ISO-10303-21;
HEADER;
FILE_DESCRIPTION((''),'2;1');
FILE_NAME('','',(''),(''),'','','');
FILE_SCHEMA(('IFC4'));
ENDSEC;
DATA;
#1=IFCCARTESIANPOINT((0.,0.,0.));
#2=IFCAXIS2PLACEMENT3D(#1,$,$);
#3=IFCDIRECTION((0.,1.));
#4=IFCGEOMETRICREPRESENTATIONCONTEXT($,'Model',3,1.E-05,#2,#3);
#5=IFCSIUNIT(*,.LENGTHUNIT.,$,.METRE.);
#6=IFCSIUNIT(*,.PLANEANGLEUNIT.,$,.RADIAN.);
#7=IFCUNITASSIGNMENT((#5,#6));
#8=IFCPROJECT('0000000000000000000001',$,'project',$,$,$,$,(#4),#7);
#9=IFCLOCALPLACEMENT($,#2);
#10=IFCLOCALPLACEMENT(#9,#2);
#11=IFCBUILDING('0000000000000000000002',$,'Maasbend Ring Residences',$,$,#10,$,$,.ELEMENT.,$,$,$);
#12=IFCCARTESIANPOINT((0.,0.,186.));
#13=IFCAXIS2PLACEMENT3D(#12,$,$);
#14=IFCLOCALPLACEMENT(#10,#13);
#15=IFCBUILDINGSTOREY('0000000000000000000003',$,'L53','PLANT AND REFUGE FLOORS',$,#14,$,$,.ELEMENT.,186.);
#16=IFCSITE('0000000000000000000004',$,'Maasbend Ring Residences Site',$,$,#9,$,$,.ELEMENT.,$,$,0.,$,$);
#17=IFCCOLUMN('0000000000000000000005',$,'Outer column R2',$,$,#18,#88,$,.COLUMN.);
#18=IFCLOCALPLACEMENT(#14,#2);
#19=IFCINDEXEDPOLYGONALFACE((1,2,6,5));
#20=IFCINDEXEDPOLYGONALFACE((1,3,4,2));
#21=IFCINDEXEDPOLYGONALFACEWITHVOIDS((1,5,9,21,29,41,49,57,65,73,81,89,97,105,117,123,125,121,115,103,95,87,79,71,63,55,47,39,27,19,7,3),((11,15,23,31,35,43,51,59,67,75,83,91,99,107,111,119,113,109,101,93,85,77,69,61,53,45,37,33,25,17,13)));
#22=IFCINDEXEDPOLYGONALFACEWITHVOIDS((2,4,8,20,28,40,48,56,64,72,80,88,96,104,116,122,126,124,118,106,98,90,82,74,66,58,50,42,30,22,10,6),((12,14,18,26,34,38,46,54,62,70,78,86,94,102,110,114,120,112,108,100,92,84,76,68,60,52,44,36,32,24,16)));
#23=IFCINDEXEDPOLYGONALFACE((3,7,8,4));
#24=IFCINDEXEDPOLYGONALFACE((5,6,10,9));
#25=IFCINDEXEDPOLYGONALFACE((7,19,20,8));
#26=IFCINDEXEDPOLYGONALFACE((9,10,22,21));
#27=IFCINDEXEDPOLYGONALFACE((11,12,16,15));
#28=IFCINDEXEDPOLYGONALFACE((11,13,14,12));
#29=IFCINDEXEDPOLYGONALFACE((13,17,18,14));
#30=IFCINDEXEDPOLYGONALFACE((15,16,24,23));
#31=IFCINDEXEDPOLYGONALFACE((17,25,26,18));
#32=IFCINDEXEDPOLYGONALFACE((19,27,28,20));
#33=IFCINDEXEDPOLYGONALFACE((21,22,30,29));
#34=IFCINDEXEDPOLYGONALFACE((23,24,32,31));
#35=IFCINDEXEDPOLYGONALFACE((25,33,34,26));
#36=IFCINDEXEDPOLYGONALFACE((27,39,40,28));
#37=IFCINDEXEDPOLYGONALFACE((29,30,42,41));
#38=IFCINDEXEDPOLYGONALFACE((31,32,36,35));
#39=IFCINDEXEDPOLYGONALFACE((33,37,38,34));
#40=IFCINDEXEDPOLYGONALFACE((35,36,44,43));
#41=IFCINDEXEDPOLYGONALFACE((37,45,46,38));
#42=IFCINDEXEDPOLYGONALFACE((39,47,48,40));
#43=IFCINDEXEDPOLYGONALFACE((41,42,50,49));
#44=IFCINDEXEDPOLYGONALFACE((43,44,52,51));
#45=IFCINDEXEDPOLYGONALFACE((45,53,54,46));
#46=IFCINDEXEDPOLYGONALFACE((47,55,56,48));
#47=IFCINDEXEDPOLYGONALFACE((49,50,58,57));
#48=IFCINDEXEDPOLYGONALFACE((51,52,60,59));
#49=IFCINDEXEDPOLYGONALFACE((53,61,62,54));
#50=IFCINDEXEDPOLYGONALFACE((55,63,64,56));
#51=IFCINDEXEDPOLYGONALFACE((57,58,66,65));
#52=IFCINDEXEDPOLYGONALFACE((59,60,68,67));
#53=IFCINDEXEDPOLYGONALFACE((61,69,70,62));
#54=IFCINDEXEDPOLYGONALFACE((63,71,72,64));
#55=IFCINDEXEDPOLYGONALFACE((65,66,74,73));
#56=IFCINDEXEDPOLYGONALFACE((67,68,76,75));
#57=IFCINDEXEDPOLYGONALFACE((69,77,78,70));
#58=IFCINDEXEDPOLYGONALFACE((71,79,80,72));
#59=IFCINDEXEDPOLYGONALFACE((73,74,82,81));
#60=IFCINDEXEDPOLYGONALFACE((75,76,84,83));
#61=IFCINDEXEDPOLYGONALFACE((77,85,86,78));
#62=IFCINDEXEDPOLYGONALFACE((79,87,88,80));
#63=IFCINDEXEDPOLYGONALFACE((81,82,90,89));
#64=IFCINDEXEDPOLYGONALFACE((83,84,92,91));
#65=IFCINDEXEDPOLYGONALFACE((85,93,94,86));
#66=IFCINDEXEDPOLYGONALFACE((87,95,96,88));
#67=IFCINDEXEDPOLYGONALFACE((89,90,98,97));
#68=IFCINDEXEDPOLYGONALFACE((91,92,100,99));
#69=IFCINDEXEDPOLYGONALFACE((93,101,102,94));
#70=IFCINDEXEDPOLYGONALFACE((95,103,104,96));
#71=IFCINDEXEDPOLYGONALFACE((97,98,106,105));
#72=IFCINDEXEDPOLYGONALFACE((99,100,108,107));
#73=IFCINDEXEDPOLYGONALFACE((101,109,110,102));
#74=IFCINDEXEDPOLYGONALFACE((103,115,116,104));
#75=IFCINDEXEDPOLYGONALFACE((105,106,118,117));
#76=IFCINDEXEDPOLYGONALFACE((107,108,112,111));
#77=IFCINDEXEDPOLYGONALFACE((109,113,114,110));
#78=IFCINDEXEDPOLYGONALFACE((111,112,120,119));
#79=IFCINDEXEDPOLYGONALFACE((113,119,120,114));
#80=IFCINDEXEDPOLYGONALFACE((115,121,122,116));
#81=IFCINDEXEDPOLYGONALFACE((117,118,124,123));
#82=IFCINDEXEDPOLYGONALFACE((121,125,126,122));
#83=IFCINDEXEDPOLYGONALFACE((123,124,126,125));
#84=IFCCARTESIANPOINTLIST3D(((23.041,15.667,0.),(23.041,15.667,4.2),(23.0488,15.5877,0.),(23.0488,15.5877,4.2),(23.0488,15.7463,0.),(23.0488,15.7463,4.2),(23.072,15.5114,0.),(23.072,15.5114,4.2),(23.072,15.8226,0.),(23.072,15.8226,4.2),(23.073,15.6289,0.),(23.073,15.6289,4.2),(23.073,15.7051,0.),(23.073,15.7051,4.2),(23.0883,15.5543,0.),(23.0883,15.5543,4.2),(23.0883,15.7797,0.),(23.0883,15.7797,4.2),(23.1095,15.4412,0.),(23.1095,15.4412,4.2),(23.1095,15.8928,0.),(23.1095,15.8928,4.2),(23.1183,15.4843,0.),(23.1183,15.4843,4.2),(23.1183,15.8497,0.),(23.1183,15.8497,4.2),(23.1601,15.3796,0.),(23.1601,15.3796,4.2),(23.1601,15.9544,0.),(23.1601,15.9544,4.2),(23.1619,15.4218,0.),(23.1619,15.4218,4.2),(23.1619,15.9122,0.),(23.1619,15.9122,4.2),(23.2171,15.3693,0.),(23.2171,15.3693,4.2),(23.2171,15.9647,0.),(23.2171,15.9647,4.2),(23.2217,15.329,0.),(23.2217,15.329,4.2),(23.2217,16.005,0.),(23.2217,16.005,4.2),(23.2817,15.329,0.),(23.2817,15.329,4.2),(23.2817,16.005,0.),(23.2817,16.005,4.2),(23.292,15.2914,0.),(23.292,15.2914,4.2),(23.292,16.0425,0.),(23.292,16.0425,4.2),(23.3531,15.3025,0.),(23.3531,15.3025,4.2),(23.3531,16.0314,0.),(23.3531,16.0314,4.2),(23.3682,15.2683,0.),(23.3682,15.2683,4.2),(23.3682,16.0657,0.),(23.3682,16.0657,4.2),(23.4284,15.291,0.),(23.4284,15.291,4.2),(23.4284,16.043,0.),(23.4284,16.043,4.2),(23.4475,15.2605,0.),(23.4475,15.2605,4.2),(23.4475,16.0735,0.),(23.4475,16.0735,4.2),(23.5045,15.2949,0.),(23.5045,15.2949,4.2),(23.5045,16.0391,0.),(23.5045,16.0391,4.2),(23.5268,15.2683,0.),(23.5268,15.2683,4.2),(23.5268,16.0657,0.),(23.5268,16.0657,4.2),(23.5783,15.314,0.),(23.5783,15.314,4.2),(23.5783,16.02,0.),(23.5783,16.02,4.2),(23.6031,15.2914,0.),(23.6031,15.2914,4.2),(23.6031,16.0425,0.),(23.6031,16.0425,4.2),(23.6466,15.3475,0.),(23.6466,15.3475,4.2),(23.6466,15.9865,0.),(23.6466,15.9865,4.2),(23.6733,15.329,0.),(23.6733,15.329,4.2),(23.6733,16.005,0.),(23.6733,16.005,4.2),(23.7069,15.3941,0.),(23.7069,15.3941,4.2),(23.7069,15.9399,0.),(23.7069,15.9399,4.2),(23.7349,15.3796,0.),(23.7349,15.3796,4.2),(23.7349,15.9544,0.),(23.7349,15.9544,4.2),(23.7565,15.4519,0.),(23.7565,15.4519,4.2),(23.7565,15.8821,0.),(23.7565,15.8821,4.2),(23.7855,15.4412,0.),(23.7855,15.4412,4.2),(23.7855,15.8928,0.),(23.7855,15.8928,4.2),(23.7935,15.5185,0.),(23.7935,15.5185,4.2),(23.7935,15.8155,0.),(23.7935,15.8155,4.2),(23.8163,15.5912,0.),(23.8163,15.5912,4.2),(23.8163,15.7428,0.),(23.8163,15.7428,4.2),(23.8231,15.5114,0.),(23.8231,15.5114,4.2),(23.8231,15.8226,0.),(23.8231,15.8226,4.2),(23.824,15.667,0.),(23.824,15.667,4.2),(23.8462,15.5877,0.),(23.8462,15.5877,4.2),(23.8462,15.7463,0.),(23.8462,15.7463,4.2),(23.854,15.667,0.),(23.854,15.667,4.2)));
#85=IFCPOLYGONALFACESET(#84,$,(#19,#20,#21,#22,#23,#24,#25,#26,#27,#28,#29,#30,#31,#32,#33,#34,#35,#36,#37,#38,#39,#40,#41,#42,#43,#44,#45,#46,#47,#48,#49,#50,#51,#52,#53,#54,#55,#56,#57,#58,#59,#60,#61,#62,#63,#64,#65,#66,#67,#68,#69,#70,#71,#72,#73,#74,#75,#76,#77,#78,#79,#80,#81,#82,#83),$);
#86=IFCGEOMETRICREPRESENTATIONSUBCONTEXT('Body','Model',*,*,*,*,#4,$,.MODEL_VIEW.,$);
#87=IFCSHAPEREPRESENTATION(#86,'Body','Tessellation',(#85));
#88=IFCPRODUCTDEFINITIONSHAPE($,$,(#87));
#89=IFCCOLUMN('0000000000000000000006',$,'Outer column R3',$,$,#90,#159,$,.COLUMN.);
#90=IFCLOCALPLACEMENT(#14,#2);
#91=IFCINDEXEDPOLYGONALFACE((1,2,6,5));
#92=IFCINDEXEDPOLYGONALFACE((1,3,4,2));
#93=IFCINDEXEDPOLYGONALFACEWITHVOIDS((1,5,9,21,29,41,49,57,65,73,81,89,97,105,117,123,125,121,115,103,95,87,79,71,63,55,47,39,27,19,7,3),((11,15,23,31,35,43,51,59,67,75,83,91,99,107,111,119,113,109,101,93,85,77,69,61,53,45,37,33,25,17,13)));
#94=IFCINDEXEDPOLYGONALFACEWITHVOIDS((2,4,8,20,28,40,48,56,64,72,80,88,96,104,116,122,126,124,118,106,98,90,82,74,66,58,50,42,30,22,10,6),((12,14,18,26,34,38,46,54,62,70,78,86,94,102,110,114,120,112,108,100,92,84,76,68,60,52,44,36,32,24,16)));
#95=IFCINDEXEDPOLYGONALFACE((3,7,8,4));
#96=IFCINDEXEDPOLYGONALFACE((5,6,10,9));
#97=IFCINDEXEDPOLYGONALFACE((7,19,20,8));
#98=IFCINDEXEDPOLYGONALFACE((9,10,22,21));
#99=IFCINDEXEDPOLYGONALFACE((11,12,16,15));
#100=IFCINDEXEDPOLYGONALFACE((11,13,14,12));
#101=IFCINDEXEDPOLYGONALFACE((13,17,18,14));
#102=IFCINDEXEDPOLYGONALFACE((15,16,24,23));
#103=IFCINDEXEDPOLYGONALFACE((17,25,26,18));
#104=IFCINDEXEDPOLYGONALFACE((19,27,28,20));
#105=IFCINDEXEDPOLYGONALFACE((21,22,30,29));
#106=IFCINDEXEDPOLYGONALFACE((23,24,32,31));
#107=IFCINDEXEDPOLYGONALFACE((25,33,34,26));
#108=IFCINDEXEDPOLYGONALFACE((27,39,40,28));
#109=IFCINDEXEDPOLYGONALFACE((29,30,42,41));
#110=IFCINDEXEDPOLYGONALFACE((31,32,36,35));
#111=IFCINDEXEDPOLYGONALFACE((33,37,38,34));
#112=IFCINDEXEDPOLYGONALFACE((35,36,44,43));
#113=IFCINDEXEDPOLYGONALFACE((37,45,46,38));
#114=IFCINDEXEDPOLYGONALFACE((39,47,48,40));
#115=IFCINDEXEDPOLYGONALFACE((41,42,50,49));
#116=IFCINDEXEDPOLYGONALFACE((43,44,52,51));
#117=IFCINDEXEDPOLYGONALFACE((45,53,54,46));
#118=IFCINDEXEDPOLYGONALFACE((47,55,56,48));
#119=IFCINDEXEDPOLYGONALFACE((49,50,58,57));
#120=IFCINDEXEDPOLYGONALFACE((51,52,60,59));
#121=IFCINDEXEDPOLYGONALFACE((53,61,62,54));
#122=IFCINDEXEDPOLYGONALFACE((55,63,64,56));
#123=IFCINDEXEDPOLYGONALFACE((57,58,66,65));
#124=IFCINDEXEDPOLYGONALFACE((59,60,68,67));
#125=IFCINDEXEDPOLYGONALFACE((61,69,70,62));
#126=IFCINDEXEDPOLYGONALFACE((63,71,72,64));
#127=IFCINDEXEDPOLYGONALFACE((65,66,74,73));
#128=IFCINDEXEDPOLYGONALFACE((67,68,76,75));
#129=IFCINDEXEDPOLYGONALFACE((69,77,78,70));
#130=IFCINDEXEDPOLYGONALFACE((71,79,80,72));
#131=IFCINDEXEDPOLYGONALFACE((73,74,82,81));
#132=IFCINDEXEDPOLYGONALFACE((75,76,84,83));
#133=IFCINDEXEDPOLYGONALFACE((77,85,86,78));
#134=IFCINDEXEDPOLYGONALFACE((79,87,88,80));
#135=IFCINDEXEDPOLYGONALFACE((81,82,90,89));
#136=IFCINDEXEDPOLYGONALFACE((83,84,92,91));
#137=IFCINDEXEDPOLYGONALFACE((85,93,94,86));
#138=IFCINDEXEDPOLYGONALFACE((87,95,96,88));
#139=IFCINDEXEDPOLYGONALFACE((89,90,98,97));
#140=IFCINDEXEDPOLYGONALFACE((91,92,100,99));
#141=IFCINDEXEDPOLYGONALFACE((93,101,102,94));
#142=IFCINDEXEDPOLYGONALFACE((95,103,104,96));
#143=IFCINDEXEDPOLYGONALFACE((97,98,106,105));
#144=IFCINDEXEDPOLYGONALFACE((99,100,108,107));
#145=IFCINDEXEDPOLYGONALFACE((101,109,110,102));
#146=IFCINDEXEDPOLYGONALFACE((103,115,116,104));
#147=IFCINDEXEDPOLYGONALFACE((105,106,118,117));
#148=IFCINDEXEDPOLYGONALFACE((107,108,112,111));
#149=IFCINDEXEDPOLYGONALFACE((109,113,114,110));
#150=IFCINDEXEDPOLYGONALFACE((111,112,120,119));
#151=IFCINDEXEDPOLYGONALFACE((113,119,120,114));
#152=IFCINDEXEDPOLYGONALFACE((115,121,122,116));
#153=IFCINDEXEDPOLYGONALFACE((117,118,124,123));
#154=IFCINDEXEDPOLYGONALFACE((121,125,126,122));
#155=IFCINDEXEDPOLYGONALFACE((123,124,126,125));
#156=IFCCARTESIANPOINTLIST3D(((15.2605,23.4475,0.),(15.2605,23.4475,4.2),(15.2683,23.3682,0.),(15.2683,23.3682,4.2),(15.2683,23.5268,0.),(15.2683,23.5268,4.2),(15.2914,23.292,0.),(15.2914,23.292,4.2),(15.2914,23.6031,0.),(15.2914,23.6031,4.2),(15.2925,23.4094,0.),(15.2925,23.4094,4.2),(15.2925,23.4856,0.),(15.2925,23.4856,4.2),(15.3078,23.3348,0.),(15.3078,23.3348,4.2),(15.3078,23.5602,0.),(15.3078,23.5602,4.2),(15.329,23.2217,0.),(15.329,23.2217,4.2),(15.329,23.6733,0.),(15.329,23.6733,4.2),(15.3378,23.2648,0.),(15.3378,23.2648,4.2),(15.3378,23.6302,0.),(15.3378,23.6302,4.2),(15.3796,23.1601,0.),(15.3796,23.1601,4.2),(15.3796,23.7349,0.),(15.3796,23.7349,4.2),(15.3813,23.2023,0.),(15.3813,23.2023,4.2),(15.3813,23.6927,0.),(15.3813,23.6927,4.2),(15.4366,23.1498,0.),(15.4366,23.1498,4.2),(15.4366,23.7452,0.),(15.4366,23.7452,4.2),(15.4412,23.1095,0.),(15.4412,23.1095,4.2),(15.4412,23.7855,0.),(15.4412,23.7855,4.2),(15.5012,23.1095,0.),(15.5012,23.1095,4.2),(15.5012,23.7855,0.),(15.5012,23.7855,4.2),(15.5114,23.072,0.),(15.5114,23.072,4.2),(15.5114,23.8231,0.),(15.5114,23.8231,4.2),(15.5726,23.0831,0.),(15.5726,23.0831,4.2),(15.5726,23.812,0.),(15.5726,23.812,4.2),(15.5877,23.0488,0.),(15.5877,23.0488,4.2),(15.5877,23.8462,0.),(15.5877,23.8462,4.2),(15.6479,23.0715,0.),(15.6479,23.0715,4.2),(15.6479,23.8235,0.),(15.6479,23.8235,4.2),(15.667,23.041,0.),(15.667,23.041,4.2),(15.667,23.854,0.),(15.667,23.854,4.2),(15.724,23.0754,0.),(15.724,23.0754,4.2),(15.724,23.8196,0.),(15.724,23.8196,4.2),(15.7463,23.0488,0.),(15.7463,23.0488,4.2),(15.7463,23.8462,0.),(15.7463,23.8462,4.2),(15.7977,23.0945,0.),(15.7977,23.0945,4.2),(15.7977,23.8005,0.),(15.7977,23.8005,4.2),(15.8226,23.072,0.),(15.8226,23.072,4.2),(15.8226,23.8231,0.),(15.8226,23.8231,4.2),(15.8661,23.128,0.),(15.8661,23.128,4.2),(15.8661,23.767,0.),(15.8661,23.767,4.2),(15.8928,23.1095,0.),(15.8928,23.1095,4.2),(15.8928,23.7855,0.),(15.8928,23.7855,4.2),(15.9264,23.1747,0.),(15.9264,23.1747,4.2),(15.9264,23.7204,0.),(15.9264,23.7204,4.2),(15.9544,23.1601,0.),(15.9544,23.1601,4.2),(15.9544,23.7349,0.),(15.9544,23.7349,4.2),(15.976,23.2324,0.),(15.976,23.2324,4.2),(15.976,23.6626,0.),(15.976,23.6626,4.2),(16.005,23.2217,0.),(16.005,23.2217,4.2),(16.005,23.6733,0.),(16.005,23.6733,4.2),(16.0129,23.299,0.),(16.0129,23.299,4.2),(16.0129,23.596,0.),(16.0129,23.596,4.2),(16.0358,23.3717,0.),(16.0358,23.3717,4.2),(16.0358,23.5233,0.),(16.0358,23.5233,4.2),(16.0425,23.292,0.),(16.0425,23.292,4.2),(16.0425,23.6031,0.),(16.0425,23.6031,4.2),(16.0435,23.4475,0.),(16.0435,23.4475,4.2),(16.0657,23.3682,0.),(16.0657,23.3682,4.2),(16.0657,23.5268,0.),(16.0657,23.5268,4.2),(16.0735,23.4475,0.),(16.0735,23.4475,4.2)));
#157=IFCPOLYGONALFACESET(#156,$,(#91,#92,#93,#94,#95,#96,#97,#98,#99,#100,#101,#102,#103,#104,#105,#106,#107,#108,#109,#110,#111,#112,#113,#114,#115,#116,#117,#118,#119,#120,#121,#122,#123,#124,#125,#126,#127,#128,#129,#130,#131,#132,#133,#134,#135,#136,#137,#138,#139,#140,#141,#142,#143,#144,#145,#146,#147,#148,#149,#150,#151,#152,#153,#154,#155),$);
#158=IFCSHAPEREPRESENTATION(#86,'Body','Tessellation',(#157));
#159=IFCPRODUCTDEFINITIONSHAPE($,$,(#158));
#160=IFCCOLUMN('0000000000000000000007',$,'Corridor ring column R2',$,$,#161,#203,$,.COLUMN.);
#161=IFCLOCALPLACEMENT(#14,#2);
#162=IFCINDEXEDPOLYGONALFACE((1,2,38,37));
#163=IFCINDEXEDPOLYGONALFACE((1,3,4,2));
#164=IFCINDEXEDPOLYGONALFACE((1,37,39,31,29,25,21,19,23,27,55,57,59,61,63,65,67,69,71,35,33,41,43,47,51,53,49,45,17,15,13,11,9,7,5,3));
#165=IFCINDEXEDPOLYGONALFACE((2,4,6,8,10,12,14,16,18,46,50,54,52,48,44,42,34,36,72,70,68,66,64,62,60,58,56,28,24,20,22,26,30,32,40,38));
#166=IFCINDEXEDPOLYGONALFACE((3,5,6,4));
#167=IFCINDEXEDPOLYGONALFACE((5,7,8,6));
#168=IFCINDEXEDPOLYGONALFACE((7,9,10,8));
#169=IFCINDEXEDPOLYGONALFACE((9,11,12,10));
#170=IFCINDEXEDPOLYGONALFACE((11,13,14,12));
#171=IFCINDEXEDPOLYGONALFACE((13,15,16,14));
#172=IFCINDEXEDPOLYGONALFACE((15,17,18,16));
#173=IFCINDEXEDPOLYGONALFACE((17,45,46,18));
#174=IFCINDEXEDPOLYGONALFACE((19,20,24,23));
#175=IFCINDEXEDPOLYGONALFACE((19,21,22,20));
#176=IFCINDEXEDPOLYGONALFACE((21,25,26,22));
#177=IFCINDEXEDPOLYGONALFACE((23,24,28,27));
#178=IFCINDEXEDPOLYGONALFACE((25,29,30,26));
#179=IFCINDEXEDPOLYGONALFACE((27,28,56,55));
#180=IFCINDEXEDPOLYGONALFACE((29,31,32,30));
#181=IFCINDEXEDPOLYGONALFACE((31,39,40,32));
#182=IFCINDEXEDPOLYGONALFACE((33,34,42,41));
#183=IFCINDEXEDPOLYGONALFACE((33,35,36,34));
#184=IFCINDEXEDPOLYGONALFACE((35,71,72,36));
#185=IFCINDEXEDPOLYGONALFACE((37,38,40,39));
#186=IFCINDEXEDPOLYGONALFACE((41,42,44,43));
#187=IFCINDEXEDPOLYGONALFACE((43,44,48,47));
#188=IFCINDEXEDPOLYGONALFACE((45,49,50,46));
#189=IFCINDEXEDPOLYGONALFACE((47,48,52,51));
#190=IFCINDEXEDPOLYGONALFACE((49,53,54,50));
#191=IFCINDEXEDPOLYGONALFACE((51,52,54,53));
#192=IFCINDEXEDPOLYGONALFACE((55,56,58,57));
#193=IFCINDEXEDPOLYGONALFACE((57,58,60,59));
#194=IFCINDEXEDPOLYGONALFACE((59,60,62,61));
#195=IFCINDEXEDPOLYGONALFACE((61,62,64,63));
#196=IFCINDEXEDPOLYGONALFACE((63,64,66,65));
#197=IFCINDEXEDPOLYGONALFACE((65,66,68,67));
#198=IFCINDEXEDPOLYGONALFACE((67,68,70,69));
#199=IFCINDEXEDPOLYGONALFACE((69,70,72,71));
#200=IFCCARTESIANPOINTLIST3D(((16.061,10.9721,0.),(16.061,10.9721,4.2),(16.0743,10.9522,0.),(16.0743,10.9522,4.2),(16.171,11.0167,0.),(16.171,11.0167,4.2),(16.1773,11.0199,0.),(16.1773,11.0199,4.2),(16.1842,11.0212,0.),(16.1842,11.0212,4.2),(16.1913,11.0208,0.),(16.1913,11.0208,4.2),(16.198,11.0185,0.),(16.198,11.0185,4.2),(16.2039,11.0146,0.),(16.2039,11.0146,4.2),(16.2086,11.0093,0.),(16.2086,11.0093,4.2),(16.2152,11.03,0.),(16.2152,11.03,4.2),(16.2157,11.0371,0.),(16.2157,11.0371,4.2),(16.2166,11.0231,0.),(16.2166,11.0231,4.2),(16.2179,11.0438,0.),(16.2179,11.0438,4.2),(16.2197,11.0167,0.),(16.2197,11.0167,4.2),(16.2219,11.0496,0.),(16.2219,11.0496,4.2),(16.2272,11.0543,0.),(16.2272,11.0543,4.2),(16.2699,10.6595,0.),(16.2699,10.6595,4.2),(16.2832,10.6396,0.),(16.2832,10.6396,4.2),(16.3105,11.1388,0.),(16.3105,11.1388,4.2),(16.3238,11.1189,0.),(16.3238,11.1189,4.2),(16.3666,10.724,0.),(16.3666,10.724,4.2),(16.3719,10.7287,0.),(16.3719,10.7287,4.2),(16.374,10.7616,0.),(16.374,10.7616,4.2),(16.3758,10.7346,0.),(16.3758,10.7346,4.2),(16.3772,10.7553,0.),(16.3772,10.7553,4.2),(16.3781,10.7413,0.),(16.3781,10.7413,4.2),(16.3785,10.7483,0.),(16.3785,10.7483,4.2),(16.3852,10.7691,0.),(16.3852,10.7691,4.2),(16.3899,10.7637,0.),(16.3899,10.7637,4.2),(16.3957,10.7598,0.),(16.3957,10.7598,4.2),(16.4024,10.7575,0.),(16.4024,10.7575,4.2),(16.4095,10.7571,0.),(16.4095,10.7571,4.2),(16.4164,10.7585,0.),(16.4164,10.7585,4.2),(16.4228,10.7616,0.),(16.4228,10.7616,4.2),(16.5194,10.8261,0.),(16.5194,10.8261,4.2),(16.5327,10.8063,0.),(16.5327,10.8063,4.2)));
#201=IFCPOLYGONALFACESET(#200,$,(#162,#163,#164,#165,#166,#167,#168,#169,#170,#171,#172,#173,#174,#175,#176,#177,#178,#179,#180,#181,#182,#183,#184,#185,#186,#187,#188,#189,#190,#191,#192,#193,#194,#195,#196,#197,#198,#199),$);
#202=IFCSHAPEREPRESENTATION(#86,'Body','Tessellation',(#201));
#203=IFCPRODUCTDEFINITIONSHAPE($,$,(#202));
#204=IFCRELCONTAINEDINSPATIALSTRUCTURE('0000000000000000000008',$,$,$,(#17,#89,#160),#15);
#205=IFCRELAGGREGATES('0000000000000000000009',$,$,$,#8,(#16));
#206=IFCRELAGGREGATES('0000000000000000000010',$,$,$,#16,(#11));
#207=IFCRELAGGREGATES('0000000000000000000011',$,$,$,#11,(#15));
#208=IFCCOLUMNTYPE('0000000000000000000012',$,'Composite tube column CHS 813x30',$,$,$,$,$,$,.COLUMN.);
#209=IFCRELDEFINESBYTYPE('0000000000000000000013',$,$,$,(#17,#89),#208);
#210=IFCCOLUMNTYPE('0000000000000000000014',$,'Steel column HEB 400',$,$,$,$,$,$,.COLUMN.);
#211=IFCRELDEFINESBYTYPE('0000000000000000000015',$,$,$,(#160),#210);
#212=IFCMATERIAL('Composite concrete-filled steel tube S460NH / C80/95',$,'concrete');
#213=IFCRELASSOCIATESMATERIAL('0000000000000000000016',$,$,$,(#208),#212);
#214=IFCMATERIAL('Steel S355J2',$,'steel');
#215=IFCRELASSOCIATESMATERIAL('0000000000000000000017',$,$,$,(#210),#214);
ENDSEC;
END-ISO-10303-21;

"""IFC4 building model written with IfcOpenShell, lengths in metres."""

from ifc_helpers import new_model, si_unit, direction, frame, origin, origin_2d, place, context, subcontext, project, spatial, hollow_circle, i_section, extrude, material, material_profile, profile_set, type_object, element, save


model = new_model("IFC4")

# Units and contexts
model_context = context("Model", 3, precision=1e-05, world=origin(), true_north=direction((0.0, 1.0)))
body_context = subcontext(model_context, "Body", "Model", "MODEL_VIEW")
ifc_project = project(units=[si_unit("LENGTHUNIT", "METRE"), si_unit("PLANEANGLEUNIT", "RADIAN")], contexts=[model_context])

# Site, building, storey
site_placement = place(None, origin())
site = spatial("IfcSite", under=ifc_project, at=site_placement, Name="Maasbend Ring Residences Site", CompositionType="ELEMENT", RefElevation=0.0)
building_placement = place(site_placement, origin())
building = spatial("IfcBuilding", under=site, at=building_placement, Name="Maasbend Ring Residences", CompositionType="ELEMENT")
storey_placement = place(building_placement, frame((0.0, 0.0, 186.0)))
storey = spatial("IfcBuildingStorey", under=building, at=storey_placement, Name="L53", Description="PLANT AND REFUGE FLOORS", CompositionType="ELEMENT", Elevation=186.0)

# Columns
ifc_material_1 = material(Name="Composite concrete-filled steel tube S460NH / C80/95", Category="concrete")
ifc_material_profile_1 = material_profile(ifc_material_1, hollow_circle(Radius=0.4065, WallThickness=0.03, at=origin_2d()), Name="Composite tube column CHS 813x30")
ifc_profile_set_1 = profile_set([ifc_material_profile_1], Name="Composite concrete-filled steel tube S460NH / C80/95")
column_type_1 = type_object("IfcColumnType", Name="Composite tube column CHS 813x30", PredefinedType="COLUMN", material=ifc_profile_set_1)
for number, where, z_axis, x_axis, name in (
    (1, (23.4475, 15.667, 0.0), (0.0, 0.0, 1.0), (1.0, 0.0, 0.0), "Outer column R2"),
    (2, (15.667, 23.4475, 0.0), (0.0, 0.0, 1.0), (1.0, 0.0, 0.0), "Outer column R3"),
):
    element("IfcColumn", number, at=place(storey_placement, frame(where, z_axis=z_axis, x_axis=x_axis)), inside=storey, type_object=column_type_1, Name=name, PredefinedType="COLUMN", context=body_context, shape_type="SweptSolid", body=[
        extrude(hollow_circle(Radius=0.4065, WallThickness=0.03, at=origin_2d()), origin(), (0.0, 0.0, 1.0), 4.2),
    ])
ifc_material_2 = material(Name="Steel S355J2", Category="steel")
ifc_material_profile_2 = material_profile(ifc_material_2, i_section(OverallWidth=0.3, OverallDepth=0.3999, WebThickness=0.0134, FlangeThickness=0.0239, FilletRadius=0.0271, at=origin_2d()), Name="HEB 400")
ifc_profile_set_2 = profile_set([ifc_material_profile_2], Name="Steel S355J2")
column_type_2 = type_object("IfcColumnType", Name="Steel column HEB 400", PredefinedType="COLUMN", material=ifc_profile_set_2)
column_placement = place(storey_placement, frame((16.2969, 10.8892, 0.0), z_axis=(0.0, 0.0, 1.0), x_axis=(0.83147, 0.55557, 0.0)))
element("IfcColumn", 3, at=column_placement, inside=storey, type_object=column_type_2, Name="Corridor ring column R2", PredefinedType="COLUMN", context=body_context, shape_type="SweptSolid", body=[
    extrude(i_section(OverallWidth=0.3, OverallDepth=0.3999, WebThickness=0.0134, FlangeThickness=0.0239, FilletRadius=0.0271, at=origin_2d()), origin(), (0.0, 0.0, 1.0), 4.2),
])

save(model, "model.ifc")
